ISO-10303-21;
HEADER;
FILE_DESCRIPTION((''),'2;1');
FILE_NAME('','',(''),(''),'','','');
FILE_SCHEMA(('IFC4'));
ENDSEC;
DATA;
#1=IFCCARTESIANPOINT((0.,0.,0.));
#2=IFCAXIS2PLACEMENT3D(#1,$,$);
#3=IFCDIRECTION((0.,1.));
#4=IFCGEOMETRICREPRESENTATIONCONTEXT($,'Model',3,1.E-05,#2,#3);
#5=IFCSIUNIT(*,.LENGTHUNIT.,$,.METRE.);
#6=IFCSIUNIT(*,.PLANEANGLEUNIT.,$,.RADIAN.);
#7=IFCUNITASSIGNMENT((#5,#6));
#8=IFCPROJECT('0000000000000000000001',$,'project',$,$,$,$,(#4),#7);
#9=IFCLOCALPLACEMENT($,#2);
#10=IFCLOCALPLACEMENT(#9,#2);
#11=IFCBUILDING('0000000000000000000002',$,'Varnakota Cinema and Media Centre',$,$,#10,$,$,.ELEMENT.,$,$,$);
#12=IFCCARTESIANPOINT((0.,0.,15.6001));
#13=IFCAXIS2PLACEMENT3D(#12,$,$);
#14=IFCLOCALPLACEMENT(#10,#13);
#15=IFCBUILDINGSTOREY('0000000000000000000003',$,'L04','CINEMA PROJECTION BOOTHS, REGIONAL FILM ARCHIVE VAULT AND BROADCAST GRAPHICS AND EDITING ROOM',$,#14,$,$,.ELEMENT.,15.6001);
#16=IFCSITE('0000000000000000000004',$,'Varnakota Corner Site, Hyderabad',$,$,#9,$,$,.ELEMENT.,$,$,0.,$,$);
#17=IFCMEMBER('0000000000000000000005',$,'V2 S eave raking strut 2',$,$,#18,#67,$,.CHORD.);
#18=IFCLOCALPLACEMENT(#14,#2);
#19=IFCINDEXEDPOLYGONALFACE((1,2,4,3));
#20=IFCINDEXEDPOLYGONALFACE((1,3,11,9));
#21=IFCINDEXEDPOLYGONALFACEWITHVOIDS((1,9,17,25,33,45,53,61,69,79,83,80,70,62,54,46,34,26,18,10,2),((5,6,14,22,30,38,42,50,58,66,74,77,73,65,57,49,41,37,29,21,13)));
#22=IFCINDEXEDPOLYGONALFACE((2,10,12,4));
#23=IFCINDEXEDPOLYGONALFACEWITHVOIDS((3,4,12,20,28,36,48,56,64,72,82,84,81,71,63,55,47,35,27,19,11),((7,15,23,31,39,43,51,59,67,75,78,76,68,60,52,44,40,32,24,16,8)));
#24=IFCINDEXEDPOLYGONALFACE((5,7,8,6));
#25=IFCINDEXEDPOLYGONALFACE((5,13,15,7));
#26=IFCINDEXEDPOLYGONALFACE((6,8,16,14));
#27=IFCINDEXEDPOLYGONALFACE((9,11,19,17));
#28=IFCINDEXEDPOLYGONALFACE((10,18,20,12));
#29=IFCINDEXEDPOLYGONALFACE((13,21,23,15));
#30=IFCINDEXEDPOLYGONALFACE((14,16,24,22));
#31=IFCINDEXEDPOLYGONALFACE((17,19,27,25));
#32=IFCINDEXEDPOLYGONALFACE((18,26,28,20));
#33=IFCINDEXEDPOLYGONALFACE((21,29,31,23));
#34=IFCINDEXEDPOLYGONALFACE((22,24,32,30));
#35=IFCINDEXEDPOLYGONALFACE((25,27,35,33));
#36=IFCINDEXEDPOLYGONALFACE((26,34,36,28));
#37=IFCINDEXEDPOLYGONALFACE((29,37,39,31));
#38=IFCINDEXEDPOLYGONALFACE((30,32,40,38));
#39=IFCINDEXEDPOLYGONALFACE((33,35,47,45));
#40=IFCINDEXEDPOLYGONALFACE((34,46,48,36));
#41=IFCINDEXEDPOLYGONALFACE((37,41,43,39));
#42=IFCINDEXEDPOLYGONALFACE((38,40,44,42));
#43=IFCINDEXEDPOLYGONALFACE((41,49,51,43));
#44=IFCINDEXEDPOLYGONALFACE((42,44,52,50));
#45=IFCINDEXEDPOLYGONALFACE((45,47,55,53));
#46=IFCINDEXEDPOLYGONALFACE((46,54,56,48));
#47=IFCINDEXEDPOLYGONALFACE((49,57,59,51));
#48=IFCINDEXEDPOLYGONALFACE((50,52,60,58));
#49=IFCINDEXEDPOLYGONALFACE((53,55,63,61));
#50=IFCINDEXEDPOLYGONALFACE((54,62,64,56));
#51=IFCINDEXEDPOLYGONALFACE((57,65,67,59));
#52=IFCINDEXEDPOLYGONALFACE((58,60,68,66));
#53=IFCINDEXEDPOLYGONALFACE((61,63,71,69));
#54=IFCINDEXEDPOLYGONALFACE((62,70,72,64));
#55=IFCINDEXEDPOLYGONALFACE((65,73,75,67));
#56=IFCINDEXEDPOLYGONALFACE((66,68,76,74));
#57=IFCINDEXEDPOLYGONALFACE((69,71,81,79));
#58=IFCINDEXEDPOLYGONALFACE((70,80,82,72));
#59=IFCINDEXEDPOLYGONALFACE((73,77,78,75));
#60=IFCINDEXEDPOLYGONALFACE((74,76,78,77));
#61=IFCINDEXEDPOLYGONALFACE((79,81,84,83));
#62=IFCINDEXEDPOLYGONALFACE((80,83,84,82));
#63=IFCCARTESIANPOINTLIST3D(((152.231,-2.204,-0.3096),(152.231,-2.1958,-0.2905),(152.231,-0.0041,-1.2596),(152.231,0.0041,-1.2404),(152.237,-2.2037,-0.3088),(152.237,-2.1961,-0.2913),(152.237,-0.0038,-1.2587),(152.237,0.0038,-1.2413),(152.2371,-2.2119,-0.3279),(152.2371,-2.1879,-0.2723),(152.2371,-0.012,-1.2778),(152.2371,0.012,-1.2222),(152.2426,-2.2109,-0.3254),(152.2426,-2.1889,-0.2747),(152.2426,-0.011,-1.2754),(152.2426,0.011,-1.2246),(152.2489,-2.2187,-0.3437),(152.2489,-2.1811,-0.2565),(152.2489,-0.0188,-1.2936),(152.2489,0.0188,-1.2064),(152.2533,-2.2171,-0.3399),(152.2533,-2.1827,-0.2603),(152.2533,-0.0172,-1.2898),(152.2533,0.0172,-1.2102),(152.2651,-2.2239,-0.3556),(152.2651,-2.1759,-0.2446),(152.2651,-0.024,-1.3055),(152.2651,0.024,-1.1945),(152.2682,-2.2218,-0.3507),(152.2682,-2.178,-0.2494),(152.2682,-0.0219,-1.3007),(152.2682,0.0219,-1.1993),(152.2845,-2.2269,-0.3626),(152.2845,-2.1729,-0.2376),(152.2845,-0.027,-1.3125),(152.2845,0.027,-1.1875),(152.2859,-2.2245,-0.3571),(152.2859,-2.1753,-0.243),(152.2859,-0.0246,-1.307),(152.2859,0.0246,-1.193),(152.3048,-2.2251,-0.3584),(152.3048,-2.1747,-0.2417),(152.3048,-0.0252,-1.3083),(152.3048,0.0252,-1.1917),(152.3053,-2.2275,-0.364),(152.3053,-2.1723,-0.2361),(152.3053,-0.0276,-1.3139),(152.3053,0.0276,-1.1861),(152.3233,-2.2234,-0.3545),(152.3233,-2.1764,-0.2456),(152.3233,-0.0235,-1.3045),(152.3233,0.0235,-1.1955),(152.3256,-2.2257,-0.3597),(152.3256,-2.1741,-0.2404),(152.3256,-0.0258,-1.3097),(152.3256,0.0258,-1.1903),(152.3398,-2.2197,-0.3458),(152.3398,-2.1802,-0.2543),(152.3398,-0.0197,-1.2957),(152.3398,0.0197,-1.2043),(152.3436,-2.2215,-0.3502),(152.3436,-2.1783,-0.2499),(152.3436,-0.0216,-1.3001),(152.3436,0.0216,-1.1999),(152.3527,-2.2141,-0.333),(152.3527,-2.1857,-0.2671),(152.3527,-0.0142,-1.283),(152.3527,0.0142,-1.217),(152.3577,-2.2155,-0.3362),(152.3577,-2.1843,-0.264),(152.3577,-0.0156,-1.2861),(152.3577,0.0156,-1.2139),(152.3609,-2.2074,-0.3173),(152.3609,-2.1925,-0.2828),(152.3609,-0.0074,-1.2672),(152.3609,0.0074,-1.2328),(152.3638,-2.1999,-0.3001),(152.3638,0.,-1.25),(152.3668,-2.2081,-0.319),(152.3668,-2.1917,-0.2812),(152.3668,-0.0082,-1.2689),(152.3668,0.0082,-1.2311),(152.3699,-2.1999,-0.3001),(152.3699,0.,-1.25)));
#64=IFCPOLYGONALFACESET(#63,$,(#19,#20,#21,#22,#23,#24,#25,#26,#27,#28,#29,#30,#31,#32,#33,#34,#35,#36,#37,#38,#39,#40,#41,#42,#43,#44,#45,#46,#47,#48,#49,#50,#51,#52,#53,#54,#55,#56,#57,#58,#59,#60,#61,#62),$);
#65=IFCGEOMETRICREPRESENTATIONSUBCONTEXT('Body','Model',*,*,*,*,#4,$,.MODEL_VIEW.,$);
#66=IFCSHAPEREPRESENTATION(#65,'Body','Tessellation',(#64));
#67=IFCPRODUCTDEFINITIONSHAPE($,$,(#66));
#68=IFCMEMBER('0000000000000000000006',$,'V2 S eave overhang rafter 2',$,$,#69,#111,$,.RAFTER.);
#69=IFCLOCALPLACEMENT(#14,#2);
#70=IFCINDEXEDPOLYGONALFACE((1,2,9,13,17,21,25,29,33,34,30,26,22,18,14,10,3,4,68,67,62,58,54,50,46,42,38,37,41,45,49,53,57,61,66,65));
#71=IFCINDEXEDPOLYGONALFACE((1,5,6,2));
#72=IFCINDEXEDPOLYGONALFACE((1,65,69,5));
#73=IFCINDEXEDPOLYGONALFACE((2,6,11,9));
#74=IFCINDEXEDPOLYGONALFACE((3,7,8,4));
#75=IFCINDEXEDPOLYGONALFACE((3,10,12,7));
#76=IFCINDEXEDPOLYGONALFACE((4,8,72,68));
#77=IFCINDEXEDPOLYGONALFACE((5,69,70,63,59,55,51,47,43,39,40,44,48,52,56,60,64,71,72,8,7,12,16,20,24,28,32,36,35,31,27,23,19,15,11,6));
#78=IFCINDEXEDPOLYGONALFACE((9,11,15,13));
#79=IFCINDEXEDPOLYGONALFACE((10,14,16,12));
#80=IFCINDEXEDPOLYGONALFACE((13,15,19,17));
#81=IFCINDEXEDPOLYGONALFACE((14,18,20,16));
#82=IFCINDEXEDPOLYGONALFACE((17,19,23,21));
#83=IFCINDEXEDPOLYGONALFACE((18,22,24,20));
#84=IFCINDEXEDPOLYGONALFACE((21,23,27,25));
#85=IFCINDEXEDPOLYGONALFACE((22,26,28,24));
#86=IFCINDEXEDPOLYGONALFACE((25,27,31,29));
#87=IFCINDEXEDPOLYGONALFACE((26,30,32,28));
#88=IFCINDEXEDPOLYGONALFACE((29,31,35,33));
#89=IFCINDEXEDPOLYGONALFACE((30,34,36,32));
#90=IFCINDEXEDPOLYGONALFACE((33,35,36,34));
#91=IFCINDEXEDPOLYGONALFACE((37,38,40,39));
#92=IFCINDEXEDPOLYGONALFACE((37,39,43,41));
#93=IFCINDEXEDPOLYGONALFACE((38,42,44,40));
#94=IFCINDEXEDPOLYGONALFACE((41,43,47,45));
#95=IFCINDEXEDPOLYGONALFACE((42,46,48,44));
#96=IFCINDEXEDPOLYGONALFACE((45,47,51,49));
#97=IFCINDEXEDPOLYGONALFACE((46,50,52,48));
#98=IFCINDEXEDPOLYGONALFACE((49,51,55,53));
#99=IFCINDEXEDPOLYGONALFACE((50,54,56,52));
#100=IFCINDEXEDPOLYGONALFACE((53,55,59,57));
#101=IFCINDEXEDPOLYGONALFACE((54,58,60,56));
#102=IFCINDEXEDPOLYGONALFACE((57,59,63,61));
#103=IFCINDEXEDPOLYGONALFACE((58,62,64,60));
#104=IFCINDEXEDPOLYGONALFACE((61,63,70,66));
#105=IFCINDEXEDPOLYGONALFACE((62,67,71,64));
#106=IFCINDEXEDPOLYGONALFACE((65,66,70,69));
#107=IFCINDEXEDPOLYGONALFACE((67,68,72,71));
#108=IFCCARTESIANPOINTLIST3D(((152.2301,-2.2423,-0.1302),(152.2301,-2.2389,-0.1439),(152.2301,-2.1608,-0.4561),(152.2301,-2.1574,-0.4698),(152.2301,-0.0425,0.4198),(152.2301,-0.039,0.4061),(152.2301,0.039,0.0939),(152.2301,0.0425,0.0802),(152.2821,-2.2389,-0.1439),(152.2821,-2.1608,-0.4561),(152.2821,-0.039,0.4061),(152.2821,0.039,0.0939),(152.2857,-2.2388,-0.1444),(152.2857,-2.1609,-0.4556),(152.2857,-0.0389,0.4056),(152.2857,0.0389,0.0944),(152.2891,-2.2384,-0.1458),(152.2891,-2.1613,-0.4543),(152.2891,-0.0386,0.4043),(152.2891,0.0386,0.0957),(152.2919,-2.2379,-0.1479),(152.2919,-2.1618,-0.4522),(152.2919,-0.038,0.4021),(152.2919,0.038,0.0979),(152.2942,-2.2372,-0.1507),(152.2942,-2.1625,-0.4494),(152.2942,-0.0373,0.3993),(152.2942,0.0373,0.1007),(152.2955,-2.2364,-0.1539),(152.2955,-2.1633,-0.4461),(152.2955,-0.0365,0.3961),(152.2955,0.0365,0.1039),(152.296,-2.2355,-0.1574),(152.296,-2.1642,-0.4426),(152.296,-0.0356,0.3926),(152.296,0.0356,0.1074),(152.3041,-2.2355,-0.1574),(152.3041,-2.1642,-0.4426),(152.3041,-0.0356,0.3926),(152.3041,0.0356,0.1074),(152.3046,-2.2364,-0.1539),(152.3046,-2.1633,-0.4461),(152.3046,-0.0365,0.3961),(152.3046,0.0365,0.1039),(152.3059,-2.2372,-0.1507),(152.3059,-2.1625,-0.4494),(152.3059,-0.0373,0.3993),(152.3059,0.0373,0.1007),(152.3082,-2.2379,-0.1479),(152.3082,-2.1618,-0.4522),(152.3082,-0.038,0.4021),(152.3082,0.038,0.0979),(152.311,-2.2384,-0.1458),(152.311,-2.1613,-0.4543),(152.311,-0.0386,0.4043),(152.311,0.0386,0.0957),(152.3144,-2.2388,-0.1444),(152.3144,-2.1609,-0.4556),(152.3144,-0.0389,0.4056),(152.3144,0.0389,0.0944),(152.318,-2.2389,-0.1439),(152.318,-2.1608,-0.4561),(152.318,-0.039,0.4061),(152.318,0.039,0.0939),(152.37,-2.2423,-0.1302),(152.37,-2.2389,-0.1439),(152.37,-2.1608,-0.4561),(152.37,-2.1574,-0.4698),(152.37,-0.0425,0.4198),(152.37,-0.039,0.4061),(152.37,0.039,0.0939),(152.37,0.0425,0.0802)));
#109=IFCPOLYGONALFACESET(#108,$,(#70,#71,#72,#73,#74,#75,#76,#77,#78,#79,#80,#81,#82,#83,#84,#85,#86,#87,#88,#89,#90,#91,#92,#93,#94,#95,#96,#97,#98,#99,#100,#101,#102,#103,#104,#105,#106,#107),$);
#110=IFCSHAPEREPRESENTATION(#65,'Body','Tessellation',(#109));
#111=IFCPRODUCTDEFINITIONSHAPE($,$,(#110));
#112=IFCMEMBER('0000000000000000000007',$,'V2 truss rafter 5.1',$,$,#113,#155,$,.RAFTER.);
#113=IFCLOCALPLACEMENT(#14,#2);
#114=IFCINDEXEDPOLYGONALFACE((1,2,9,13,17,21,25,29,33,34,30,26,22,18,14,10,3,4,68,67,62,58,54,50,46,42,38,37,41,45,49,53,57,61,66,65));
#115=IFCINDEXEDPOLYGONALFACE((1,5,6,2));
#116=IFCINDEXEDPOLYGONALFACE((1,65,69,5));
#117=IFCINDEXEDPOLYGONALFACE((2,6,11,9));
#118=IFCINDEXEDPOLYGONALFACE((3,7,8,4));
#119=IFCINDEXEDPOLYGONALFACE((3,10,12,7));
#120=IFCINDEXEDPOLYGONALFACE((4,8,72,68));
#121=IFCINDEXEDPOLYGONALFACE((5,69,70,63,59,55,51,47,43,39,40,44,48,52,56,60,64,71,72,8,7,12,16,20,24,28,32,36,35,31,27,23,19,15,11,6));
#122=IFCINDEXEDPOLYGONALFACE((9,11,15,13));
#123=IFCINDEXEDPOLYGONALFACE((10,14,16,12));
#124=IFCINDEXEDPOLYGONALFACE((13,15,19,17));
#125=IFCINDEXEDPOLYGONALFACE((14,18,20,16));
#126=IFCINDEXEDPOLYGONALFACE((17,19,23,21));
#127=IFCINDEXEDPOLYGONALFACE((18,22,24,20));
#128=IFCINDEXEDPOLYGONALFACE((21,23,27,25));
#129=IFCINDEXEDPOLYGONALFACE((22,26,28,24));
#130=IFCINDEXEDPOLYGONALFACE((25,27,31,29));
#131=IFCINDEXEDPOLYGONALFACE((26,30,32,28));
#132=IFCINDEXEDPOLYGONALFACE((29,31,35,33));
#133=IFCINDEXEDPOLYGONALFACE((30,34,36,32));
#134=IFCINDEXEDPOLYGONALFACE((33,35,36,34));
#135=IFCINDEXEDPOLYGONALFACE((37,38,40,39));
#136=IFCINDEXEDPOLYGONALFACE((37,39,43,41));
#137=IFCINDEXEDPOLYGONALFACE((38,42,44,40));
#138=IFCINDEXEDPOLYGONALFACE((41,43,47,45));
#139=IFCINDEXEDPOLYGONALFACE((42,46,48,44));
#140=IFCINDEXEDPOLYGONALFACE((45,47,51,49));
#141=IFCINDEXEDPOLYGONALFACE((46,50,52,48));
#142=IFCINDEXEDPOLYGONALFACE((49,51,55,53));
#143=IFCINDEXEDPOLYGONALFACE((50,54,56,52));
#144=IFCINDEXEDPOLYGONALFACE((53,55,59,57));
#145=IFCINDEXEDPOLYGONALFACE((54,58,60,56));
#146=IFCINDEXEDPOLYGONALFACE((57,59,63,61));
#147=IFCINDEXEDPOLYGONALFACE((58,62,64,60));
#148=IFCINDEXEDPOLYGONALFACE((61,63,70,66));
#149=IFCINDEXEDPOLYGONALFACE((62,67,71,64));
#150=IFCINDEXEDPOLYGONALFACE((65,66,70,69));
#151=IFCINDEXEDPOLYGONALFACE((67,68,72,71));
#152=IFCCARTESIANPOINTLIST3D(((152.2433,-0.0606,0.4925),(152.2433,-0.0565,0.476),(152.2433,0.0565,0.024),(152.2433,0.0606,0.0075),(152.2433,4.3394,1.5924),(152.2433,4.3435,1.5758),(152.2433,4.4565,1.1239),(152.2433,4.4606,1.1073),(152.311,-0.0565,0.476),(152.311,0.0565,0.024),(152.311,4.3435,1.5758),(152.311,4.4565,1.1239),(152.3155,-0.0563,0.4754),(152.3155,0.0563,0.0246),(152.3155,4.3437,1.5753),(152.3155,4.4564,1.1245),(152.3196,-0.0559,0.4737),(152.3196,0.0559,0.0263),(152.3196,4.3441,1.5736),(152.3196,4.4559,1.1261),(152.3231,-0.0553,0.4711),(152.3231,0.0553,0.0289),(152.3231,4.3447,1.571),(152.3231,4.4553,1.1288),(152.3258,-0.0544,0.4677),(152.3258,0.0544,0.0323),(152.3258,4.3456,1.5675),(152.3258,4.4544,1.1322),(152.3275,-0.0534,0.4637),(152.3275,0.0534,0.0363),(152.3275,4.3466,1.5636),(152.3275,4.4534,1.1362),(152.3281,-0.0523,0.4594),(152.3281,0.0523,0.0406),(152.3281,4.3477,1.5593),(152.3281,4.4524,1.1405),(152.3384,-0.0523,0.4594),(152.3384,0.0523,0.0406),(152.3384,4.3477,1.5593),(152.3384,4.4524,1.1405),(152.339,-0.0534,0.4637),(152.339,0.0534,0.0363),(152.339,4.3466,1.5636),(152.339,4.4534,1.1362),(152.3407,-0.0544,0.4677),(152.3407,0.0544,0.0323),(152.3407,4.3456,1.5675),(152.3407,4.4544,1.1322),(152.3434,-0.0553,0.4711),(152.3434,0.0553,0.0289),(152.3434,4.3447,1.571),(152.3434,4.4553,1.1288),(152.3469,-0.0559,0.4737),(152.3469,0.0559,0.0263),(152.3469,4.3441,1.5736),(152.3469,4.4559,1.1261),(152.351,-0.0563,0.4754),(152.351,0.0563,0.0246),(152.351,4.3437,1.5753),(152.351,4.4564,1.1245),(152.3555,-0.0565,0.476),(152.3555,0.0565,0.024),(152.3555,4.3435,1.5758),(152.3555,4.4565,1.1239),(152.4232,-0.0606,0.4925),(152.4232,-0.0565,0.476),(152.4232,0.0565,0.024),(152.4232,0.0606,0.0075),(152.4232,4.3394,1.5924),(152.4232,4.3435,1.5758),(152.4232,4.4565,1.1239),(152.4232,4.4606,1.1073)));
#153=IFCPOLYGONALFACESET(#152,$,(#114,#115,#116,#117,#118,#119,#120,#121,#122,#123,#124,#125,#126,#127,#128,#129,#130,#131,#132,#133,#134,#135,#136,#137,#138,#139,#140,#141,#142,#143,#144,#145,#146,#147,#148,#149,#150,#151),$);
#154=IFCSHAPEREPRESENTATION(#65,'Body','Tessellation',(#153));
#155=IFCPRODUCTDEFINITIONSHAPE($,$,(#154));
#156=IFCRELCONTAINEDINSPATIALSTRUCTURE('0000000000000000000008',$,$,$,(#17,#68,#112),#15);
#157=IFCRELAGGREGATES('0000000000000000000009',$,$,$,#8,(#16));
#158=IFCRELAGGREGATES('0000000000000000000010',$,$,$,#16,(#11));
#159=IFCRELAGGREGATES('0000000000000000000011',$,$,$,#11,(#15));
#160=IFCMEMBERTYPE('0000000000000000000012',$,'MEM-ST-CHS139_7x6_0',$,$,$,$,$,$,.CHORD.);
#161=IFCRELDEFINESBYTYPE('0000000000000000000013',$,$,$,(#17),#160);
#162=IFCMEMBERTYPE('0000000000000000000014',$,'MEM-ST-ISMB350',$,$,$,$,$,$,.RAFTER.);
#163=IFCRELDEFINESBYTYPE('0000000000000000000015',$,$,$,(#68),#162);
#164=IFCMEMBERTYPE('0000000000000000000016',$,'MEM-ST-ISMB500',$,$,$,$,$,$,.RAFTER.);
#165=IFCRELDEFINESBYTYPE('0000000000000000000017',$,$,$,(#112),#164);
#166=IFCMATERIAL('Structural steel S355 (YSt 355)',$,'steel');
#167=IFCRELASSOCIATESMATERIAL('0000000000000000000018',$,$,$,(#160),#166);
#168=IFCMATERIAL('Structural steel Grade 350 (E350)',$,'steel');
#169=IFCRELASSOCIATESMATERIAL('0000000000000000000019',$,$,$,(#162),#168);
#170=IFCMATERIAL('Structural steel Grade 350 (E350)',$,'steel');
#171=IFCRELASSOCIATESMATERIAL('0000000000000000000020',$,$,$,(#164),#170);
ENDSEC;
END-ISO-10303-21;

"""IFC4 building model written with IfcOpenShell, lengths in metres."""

from ifc_helpers import new_model, si_unit, direction, frame, origin, origin_2d, place, context, subcontext, project, spatial, hollow_circle, i_section, extrude, material, material_profile, profile_set, type_object, element, save


model = new_model("IFC4")

# Units and contexts
model_context = context("Model", 3, precision=1e-05, world=origin(), true_north=direction((0.0, 1.0)))
body_context = subcontext(model_context, "Body", "Model", "MODEL_VIEW")
ifc_project = project(units=[si_unit("LENGTHUNIT", "METRE"), si_unit("PLANEANGLEUNIT", "RADIAN")], contexts=[model_context])

# Site, building, storey
site_placement = place(None, origin())
site = spatial("IfcSite", under=ifc_project, at=site_placement, Name="Varnakota Corner Site, Hyderabad", CompositionType="ELEMENT", RefElevation=0.0)
building_placement = place(site_placement, origin())
building = spatial("IfcBuilding", under=site, at=building_placement, Name="Varnakota Cinema and Media Centre", CompositionType="ELEMENT")
storey_placement = place(building_placement, frame((0.0, 0.0, 15.6001)))
storey = spatial("IfcBuildingStorey", under=building, at=storey_placement, Name="L04", Description="CINEMA PROJECTION BOOTHS, REGIONAL FILM ARCHIVE VAULT AND BROADCAST GRAPHICS AND EDITING ROOM", CompositionType="ELEMENT", Elevation=15.6001)

# Members
ifc_material_1 = material(Name="Structural steel S355 (YSt 355)", Category="steel")
ifc_material_profile_1 = material_profile(ifc_material_1, hollow_circle(Radius=0.0698, WallThickness=0.0061, at=origin_2d()), Name="CHS 139.7x6.0")
ifc_profile_set_1 = profile_set([ifc_material_profile_1], Name="Structural steel S355 (YSt 355)")
member_type_1 = type_object("IfcMemberType", Name="MEM-ST-CHS139_7x6_0", PredefinedType="CHORD", material=ifc_profile_set_1)
member_1_placement = place(storey_placement, frame((152.3, 0.0, -1.25), z_axis=(0.0, -0.918067, 0.396426), x_axis=(1.0, 0.0, 0.0)))
element("IfcMember", 1, at=member_1_placement, inside=storey, type_object=member_type_1, Name="V2 S eave raking strut 2", PredefinedType="CHORD", context=body_context, shape_type="SweptSolid", body=[
    extrude(hollow_circle(Radius=0.0698, WallThickness=0.0061, at=origin_2d()), origin(), (0.0, 0.0, 1.0), 2.3962),
])
ifc_material_2 = material(Name="Structural steel Grade 350 (E350)", Category="steel")
ifc_material_profile_2 = material_profile(ifc_material_2, i_section(OverallWidth=0.1399, OverallDepth=0.3501, WebThickness=0.0081, FlangeThickness=0.0142, FilletRadius=0.0139, at=origin_2d()), Name="ISMB 350")
ifc_profile_set_2 = profile_set([ifc_material_profile_2], Name="Structural steel Grade 350 (E350)")
member_type_2 = type_object("IfcMemberType", Name="MEM-ST-ISMB350", PredefinedType="RAFTER", material=ifc_profile_set_2)
member_2_placement = place(storey_placement, frame((152.3, 0.0, 0.25), z_axis=(0.0, -0.970136, -0.242561), x_axis=(1.0, 0.0, 0.0)))
element("IfcMember", 2, at=member_2_placement, inside=storey, type_object=member_type_2, Name="V2 S eave overhang rafter 2", PredefinedType="RAFTER", context=body_context, shape_type="SweptSolid", body=[
    extrude(i_section(OverallWidth=0.1399, OverallDepth=0.3501, WebThickness=0.0081, FlangeThickness=0.0142, FilletRadius=0.0139, at=origin_2d()), origin(), (0.0, 0.0, 1.0), 2.2676),
])
ifc_material_3 = material(Name="Structural steel Grade 350 (E350)", Category="steel")
ifc_material_profile_3 = material_profile(ifc_material_3, i_section(OverallWidth=0.1799, OverallDepth=0.5, WebThickness=0.0103, FlangeThickness=0.0171, FilletRadius=0.0171, at=origin_2d()), Name="ISMB 500")
ifc_profile_set_3 = profile_set([ifc_material_profile_3], Name="Structural steel Grade 350 (E350)")
member_type_3 = type_object("IfcMemberType", Name="MEM-ST-ISMB500", PredefinedType="RAFTER", material=ifc_profile_set_3)
member_3_placement = place(storey_placement, frame((152.3333, 0.0, 0.25), z_axis=(0.0, 0.970149, 0.24251), x_axis=(-1.0, 0.0, 0.0)))
element("IfcMember", 3, at=member_3_placement, inside=storey, type_object=member_type_3, Name="V2 truss rafter 5.1", PredefinedType="RAFTER", context=body_context, shape_type="SweptSolid", body=[
    extrude(i_section(OverallWidth=0.1799, OverallDepth=0.5, WebThickness=0.0103, FlangeThickness=0.0171, FilletRadius=0.0171, at=origin_2d()), origin(), (0.0, 0.0, 1.0), 4.5354),
])

save(model, "model.ifc")
